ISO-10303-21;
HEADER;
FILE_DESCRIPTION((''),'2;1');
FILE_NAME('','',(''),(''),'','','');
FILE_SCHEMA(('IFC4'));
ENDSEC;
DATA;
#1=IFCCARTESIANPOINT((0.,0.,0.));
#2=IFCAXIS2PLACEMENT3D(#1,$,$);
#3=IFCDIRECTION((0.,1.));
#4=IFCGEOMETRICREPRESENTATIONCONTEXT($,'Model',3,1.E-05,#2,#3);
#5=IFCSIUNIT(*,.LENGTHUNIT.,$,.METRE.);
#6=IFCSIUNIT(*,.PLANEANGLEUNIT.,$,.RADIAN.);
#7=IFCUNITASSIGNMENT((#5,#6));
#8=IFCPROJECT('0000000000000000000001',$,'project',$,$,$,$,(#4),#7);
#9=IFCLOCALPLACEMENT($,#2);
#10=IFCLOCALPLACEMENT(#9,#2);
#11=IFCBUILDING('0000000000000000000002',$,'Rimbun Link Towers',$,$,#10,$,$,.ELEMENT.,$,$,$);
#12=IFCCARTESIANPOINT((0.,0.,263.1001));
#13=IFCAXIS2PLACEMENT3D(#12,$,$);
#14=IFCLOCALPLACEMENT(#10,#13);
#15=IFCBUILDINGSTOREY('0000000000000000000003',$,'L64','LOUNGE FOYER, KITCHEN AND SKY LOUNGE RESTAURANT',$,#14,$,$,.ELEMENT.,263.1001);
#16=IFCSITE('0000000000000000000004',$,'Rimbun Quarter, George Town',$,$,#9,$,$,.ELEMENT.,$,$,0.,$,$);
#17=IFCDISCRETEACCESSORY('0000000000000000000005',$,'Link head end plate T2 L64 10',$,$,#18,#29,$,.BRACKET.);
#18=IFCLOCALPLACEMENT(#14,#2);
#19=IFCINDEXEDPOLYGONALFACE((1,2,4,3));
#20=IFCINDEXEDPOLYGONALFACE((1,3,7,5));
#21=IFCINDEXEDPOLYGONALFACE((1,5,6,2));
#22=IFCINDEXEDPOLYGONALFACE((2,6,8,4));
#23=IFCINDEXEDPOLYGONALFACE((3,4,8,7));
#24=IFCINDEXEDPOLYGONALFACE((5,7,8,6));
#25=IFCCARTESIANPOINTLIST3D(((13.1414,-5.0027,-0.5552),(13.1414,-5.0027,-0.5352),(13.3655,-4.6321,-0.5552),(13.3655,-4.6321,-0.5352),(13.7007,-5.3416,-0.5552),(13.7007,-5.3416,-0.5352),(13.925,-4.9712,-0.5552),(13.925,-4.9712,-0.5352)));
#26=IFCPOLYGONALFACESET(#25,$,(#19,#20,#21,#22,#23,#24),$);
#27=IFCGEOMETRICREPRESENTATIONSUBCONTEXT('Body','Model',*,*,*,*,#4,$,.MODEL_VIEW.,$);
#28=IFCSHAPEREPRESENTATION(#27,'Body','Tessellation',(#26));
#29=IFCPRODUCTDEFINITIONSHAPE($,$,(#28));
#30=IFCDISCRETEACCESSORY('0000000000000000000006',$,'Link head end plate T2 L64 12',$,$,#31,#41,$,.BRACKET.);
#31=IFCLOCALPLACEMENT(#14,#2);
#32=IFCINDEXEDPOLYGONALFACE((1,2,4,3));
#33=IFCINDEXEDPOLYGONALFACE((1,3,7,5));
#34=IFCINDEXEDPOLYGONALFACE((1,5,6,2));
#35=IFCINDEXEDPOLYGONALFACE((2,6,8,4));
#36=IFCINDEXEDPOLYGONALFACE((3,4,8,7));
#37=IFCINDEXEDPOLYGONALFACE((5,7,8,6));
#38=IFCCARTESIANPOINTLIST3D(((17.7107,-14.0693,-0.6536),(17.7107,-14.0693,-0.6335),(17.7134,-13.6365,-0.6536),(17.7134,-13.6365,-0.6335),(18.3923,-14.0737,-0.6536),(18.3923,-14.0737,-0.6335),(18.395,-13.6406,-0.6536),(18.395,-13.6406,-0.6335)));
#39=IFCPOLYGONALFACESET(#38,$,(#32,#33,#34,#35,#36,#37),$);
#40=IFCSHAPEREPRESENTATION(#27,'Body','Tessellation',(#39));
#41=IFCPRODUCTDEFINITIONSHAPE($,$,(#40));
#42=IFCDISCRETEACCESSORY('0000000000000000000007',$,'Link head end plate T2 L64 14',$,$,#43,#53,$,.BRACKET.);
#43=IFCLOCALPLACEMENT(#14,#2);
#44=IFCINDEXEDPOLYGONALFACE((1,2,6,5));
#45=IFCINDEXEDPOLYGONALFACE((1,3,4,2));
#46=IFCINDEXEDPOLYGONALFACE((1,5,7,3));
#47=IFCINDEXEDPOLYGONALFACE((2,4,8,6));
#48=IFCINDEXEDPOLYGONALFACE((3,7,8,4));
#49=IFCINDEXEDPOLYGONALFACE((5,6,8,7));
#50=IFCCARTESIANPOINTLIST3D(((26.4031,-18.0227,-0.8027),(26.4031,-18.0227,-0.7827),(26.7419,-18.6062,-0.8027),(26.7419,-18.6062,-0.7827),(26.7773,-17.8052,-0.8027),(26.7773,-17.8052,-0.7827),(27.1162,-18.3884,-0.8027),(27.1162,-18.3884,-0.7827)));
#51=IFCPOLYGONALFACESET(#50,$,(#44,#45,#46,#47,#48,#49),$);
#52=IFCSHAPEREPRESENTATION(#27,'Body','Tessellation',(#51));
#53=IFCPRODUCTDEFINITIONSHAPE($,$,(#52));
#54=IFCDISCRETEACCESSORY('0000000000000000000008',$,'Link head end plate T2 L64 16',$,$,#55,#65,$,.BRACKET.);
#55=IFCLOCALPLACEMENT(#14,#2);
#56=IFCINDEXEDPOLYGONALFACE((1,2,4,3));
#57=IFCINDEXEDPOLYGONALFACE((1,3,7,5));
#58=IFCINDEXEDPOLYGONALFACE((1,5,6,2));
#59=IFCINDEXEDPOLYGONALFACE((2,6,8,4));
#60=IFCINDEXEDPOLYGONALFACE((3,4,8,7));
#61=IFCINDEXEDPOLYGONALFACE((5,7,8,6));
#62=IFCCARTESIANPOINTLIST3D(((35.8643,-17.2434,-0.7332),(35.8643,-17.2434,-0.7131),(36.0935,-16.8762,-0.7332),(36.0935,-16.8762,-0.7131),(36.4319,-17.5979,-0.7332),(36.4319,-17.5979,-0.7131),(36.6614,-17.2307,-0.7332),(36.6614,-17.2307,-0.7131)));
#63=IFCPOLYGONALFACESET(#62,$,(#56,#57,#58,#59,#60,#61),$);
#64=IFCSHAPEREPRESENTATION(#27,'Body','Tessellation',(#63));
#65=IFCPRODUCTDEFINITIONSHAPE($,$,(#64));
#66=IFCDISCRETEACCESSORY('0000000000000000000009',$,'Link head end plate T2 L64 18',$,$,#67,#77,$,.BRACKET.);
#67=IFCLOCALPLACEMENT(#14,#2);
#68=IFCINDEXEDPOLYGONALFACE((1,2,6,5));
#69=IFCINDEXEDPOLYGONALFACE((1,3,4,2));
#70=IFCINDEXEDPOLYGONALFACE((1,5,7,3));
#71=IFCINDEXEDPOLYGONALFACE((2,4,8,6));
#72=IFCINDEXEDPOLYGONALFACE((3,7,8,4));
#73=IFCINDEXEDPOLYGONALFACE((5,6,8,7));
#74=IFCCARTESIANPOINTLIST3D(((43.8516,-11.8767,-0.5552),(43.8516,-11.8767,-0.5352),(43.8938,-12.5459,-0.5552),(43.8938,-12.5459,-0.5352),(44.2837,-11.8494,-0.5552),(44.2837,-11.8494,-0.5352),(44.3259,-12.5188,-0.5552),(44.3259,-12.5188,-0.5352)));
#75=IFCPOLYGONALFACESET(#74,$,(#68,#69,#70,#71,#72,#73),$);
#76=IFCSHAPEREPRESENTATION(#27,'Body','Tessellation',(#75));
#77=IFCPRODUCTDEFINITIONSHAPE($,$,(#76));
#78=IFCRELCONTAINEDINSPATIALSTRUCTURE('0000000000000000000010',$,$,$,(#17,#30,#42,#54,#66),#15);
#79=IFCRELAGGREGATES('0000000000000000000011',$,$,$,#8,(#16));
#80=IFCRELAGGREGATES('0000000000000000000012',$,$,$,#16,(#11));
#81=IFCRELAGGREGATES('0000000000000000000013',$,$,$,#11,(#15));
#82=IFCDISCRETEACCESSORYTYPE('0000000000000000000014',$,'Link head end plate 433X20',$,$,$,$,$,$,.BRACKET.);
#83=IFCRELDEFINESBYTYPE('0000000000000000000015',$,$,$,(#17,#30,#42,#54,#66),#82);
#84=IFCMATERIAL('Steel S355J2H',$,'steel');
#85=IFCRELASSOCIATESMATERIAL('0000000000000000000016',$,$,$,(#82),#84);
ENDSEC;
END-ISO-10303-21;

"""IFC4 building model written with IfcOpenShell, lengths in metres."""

from ifc_helpers import new_model, si_unit, direction, frame, origin, origin_2d, place, context, subcontext, project, spatial, polyline, rectangle, outline, extrude, material, material_profile, profile_set, type_object, element, save


model = new_model("IFC4")

# Units and contexts
model_context = context("Model", 3, precision=1e-05, world=origin(), true_north=direction((0.0, 1.0)))
body_context = subcontext(model_context, "Body", "Model", "MODEL_VIEW")
ifc_project = project(units=[si_unit("LENGTHUNIT", "METRE"), si_unit("PLANEANGLEUNIT", "RADIAN")], contexts=[model_context])

# Site, building, storey
site_placement = place(None, origin())
site = spatial("IfcSite", under=ifc_project, at=site_placement, Name="Rimbun Quarter, George Town", CompositionType="ELEMENT", RefElevation=0.0)
building_placement = place(site_placement, origin())
building = spatial("IfcBuilding", under=site, at=building_placement, Name="Rimbun Link Towers", CompositionType="ELEMENT")
storey_placement = place(building_placement, frame((0.0, 0.0, 263.1001)))
storey = spatial("IfcBuildingStorey", under=building, at=storey_placement, Name="L64", Description="LOUNGE FOYER, KITCHEN AND SKY LOUNGE RESTAURANT", CompositionType="ELEMENT", Elevation=263.1001)

# Discrete accessories
ifc_material_1 = material(Name="Steel S355J2H", Category="steel")
ifc_material_profile_1 = material_profile(ifc_material_1, rectangle(XDim=0.4331, YDim=0.4331, at=origin_2d()), Name="PL 433x433")
ifc_profile_set_1 = profile_set([ifc_material_profile_1], Name="Steel S355J2H")
discrete_accessory_type_1 = type_object("IfcDiscreteAccessoryType", Name="Link head end plate 433X20", PredefinedType="BRACKET", material=ifc_profile_set_1)
discrete_accessory_1_placement = place(storey_placement, frame((0.0, 0.0, -0.5552)))
element("IfcDiscreteAccessory", 1, at=discrete_accessory_1_placement, inside=storey, type_object=discrete_accessory_type_1, Name="Link head end plate T2 L64 10", PredefinedType="BRACKET", context=body_context, shape_type="SweptSolid", body=[
    extrude(outline(polyline([(13.925, -4.9712), (13.3655, -4.6321), (13.1414, -5.0027), (13.7007, -5.3416), (13.925, -4.9712)])), origin(), (0.0, 0.0, 1.0), 0.02),
])
discrete_accessory_2_placement = place(storey_placement, frame((0.0, 0.0, -0.6536)))
element("IfcDiscreteAccessory", 2, at=discrete_accessory_2_placement, inside=storey, type_object=discrete_accessory_type_1, Name="Link head end plate T2 L64 12", PredefinedType="BRACKET", context=body_context, shape_type="SweptSolid", body=[
    extrude(outline(polyline([(18.395, -13.6406), (17.7134, -13.6365), (17.7107, -14.0693), (18.3923, -14.0737), (18.395, -13.6406)])), origin(), (0.0, 0.0, 1.0), 0.02),
])
discrete_accessory_3_placement = place(storey_placement, frame((0.0, 0.0, -0.8027)))
element("IfcDiscreteAccessory", 3, at=discrete_accessory_3_placement, inside=storey, type_object=discrete_accessory_type_1, Name="Link head end plate T2 L64 14", PredefinedType="BRACKET", context=body_context, shape_type="SweptSolid", body=[
    extrude(outline(polyline([(26.4031, -18.0227), (26.7419, -18.6062), (27.1162, -18.3884), (26.7773, -17.8052), (26.4031, -18.0227)])), origin(), (0.0, 0.0, 1.0), 0.02),
])
discrete_accessory_4_placement = place(storey_placement, frame((0.0, 0.0, -0.7332)))
element("IfcDiscreteAccessory", 4, at=discrete_accessory_4_placement, inside=storey, type_object=discrete_accessory_type_1, Name="Link head end plate T2 L64 16", PredefinedType="BRACKET", context=body_context, shape_type="SweptSolid", body=[
    extrude(outline(polyline([(35.8643, -17.2434), (36.4319, -17.5979), (36.6614, -17.2307), (36.0935, -16.8762), (35.8643, -17.2434)])), origin(), (0.0, 0.0, 1.0), 0.02),
])
discrete_accessory_5_placement = place(storey_placement, frame((0.0, 0.0, -0.5552)))
element("IfcDiscreteAccessory", 5, at=discrete_accessory_5_placement, inside=storey, type_object=discrete_accessory_type_1, Name="Link head end plate T2 L64 18", PredefinedType="BRACKET", context=body_context, shape_type="SweptSolid", body=[
    extrude(outline(polyline([(43.8516, -11.8767), (43.8938, -12.5459), (44.3259, -12.5188), (44.2837, -11.8494), (43.8516, -11.8767)])), origin(), (0.0, 0.0, 1.0), 0.02),
])

save(model, "model.ifc")
